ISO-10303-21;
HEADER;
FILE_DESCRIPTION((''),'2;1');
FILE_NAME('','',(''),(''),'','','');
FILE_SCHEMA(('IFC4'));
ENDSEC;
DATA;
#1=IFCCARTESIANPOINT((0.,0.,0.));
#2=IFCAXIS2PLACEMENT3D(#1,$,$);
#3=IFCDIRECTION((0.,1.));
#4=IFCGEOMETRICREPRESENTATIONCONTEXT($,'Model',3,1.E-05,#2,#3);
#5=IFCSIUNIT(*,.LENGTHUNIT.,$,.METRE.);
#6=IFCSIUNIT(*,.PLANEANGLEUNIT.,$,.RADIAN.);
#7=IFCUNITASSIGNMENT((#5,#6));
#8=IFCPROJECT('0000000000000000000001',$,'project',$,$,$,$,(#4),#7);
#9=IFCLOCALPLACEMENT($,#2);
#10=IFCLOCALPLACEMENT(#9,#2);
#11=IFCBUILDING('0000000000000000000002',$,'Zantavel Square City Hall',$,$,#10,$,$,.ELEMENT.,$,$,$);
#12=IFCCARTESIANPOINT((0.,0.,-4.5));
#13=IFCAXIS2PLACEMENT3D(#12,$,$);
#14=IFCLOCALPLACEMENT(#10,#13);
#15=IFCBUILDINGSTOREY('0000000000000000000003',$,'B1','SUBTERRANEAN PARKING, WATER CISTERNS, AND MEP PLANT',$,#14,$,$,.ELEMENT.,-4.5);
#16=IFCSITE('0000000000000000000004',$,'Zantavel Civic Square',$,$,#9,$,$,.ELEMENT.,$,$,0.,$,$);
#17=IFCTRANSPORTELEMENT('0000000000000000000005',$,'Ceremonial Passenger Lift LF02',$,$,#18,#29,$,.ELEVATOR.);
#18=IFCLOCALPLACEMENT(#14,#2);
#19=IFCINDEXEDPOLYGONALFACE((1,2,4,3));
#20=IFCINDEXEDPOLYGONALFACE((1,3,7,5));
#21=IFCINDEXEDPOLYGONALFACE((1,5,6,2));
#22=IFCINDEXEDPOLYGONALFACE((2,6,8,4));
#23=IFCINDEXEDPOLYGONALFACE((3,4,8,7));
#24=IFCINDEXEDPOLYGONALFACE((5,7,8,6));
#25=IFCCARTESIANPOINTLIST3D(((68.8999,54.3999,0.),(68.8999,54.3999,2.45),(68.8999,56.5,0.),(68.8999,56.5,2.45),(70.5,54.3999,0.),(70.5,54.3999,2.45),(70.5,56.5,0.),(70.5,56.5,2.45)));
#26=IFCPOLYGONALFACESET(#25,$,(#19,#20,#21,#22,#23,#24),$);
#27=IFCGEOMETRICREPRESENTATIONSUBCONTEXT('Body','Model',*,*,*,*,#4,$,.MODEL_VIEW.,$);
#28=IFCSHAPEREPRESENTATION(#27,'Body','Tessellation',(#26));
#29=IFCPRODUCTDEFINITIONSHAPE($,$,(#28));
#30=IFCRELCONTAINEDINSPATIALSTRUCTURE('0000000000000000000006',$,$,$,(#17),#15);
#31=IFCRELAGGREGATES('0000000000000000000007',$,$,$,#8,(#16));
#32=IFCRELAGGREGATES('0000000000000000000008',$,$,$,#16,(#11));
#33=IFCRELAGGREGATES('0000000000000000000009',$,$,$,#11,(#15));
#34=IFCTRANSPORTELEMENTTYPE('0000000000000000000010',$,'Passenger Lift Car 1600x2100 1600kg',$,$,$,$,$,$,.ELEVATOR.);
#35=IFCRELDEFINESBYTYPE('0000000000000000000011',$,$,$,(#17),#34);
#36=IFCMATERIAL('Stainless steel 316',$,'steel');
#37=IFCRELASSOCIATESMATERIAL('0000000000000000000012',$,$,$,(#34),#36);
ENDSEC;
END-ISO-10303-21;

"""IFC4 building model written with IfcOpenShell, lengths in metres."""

from ifc_helpers import new_model, si_unit, direction, frame, origin, origin_2d, place, context, subcontext, project, spatial, rectangle, extrude, material, type_object, element, save


model = new_model("IFC4")

# Units and contexts
model_context = context("Model", 3, precision=1e-05, world=origin(), true_north=direction((0.0, 1.0)))
body_context = subcontext(model_context, "Body", "Model", "MODEL_VIEW")
ifc_project = project(units=[si_unit("LENGTHUNIT", "METRE"), si_unit("PLANEANGLEUNIT", "RADIAN")], contexts=[model_context])

# Site, building, storey
site_placement = place(None, origin())
site = spatial("IfcSite", under=ifc_project, at=site_placement, Name="Zantavel Civic Square", CompositionType="ELEMENT", RefElevation=0.0)
building_placement = place(site_placement, origin())
building = spatial("IfcBuilding", under=site, at=building_placement, Name="Zantavel Square City Hall", CompositionType="ELEMENT")
storey_placement = place(building_placement, frame((0.0, 0.0, -4.5)))
storey = spatial("IfcBuildingStorey", under=building, at=storey_placement, Name="B1", Description="SUBTERRANEAN PARKING, WATER CISTERNS, AND MEP PLANT", CompositionType="ELEMENT", Elevation=-4.5)

# Transport element
ifc_material_1 = material(Name="Stainless steel 316", Category="steel")
transport_element_type = type_object("IfcTransportElementType", Name="Passenger Lift Car 1600x2100 1600kg", PredefinedType="ELEVATOR", material=ifc_material_1)
transport_element_placement = place(storey_placement, frame((69.7, 55.45, 0.0), z_axis=(0.0, 0.0, 1.0), x_axis=(1.0, 0.0, 0.0)))
element("IfcTransportElement", 1, at=transport_element_placement, inside=storey, type_object=transport_element_type, Name="Ceremonial Passenger Lift LF02", PredefinedType="ELEVATOR", context=body_context, shape_type="SweptSolid", body=[
    extrude(rectangle(XDim=1.6001, YDim=2.1001, at=origin_2d()), origin(), (0.0, 0.0, 1.0), 2.45),
])

save(model, "model.ifc")
